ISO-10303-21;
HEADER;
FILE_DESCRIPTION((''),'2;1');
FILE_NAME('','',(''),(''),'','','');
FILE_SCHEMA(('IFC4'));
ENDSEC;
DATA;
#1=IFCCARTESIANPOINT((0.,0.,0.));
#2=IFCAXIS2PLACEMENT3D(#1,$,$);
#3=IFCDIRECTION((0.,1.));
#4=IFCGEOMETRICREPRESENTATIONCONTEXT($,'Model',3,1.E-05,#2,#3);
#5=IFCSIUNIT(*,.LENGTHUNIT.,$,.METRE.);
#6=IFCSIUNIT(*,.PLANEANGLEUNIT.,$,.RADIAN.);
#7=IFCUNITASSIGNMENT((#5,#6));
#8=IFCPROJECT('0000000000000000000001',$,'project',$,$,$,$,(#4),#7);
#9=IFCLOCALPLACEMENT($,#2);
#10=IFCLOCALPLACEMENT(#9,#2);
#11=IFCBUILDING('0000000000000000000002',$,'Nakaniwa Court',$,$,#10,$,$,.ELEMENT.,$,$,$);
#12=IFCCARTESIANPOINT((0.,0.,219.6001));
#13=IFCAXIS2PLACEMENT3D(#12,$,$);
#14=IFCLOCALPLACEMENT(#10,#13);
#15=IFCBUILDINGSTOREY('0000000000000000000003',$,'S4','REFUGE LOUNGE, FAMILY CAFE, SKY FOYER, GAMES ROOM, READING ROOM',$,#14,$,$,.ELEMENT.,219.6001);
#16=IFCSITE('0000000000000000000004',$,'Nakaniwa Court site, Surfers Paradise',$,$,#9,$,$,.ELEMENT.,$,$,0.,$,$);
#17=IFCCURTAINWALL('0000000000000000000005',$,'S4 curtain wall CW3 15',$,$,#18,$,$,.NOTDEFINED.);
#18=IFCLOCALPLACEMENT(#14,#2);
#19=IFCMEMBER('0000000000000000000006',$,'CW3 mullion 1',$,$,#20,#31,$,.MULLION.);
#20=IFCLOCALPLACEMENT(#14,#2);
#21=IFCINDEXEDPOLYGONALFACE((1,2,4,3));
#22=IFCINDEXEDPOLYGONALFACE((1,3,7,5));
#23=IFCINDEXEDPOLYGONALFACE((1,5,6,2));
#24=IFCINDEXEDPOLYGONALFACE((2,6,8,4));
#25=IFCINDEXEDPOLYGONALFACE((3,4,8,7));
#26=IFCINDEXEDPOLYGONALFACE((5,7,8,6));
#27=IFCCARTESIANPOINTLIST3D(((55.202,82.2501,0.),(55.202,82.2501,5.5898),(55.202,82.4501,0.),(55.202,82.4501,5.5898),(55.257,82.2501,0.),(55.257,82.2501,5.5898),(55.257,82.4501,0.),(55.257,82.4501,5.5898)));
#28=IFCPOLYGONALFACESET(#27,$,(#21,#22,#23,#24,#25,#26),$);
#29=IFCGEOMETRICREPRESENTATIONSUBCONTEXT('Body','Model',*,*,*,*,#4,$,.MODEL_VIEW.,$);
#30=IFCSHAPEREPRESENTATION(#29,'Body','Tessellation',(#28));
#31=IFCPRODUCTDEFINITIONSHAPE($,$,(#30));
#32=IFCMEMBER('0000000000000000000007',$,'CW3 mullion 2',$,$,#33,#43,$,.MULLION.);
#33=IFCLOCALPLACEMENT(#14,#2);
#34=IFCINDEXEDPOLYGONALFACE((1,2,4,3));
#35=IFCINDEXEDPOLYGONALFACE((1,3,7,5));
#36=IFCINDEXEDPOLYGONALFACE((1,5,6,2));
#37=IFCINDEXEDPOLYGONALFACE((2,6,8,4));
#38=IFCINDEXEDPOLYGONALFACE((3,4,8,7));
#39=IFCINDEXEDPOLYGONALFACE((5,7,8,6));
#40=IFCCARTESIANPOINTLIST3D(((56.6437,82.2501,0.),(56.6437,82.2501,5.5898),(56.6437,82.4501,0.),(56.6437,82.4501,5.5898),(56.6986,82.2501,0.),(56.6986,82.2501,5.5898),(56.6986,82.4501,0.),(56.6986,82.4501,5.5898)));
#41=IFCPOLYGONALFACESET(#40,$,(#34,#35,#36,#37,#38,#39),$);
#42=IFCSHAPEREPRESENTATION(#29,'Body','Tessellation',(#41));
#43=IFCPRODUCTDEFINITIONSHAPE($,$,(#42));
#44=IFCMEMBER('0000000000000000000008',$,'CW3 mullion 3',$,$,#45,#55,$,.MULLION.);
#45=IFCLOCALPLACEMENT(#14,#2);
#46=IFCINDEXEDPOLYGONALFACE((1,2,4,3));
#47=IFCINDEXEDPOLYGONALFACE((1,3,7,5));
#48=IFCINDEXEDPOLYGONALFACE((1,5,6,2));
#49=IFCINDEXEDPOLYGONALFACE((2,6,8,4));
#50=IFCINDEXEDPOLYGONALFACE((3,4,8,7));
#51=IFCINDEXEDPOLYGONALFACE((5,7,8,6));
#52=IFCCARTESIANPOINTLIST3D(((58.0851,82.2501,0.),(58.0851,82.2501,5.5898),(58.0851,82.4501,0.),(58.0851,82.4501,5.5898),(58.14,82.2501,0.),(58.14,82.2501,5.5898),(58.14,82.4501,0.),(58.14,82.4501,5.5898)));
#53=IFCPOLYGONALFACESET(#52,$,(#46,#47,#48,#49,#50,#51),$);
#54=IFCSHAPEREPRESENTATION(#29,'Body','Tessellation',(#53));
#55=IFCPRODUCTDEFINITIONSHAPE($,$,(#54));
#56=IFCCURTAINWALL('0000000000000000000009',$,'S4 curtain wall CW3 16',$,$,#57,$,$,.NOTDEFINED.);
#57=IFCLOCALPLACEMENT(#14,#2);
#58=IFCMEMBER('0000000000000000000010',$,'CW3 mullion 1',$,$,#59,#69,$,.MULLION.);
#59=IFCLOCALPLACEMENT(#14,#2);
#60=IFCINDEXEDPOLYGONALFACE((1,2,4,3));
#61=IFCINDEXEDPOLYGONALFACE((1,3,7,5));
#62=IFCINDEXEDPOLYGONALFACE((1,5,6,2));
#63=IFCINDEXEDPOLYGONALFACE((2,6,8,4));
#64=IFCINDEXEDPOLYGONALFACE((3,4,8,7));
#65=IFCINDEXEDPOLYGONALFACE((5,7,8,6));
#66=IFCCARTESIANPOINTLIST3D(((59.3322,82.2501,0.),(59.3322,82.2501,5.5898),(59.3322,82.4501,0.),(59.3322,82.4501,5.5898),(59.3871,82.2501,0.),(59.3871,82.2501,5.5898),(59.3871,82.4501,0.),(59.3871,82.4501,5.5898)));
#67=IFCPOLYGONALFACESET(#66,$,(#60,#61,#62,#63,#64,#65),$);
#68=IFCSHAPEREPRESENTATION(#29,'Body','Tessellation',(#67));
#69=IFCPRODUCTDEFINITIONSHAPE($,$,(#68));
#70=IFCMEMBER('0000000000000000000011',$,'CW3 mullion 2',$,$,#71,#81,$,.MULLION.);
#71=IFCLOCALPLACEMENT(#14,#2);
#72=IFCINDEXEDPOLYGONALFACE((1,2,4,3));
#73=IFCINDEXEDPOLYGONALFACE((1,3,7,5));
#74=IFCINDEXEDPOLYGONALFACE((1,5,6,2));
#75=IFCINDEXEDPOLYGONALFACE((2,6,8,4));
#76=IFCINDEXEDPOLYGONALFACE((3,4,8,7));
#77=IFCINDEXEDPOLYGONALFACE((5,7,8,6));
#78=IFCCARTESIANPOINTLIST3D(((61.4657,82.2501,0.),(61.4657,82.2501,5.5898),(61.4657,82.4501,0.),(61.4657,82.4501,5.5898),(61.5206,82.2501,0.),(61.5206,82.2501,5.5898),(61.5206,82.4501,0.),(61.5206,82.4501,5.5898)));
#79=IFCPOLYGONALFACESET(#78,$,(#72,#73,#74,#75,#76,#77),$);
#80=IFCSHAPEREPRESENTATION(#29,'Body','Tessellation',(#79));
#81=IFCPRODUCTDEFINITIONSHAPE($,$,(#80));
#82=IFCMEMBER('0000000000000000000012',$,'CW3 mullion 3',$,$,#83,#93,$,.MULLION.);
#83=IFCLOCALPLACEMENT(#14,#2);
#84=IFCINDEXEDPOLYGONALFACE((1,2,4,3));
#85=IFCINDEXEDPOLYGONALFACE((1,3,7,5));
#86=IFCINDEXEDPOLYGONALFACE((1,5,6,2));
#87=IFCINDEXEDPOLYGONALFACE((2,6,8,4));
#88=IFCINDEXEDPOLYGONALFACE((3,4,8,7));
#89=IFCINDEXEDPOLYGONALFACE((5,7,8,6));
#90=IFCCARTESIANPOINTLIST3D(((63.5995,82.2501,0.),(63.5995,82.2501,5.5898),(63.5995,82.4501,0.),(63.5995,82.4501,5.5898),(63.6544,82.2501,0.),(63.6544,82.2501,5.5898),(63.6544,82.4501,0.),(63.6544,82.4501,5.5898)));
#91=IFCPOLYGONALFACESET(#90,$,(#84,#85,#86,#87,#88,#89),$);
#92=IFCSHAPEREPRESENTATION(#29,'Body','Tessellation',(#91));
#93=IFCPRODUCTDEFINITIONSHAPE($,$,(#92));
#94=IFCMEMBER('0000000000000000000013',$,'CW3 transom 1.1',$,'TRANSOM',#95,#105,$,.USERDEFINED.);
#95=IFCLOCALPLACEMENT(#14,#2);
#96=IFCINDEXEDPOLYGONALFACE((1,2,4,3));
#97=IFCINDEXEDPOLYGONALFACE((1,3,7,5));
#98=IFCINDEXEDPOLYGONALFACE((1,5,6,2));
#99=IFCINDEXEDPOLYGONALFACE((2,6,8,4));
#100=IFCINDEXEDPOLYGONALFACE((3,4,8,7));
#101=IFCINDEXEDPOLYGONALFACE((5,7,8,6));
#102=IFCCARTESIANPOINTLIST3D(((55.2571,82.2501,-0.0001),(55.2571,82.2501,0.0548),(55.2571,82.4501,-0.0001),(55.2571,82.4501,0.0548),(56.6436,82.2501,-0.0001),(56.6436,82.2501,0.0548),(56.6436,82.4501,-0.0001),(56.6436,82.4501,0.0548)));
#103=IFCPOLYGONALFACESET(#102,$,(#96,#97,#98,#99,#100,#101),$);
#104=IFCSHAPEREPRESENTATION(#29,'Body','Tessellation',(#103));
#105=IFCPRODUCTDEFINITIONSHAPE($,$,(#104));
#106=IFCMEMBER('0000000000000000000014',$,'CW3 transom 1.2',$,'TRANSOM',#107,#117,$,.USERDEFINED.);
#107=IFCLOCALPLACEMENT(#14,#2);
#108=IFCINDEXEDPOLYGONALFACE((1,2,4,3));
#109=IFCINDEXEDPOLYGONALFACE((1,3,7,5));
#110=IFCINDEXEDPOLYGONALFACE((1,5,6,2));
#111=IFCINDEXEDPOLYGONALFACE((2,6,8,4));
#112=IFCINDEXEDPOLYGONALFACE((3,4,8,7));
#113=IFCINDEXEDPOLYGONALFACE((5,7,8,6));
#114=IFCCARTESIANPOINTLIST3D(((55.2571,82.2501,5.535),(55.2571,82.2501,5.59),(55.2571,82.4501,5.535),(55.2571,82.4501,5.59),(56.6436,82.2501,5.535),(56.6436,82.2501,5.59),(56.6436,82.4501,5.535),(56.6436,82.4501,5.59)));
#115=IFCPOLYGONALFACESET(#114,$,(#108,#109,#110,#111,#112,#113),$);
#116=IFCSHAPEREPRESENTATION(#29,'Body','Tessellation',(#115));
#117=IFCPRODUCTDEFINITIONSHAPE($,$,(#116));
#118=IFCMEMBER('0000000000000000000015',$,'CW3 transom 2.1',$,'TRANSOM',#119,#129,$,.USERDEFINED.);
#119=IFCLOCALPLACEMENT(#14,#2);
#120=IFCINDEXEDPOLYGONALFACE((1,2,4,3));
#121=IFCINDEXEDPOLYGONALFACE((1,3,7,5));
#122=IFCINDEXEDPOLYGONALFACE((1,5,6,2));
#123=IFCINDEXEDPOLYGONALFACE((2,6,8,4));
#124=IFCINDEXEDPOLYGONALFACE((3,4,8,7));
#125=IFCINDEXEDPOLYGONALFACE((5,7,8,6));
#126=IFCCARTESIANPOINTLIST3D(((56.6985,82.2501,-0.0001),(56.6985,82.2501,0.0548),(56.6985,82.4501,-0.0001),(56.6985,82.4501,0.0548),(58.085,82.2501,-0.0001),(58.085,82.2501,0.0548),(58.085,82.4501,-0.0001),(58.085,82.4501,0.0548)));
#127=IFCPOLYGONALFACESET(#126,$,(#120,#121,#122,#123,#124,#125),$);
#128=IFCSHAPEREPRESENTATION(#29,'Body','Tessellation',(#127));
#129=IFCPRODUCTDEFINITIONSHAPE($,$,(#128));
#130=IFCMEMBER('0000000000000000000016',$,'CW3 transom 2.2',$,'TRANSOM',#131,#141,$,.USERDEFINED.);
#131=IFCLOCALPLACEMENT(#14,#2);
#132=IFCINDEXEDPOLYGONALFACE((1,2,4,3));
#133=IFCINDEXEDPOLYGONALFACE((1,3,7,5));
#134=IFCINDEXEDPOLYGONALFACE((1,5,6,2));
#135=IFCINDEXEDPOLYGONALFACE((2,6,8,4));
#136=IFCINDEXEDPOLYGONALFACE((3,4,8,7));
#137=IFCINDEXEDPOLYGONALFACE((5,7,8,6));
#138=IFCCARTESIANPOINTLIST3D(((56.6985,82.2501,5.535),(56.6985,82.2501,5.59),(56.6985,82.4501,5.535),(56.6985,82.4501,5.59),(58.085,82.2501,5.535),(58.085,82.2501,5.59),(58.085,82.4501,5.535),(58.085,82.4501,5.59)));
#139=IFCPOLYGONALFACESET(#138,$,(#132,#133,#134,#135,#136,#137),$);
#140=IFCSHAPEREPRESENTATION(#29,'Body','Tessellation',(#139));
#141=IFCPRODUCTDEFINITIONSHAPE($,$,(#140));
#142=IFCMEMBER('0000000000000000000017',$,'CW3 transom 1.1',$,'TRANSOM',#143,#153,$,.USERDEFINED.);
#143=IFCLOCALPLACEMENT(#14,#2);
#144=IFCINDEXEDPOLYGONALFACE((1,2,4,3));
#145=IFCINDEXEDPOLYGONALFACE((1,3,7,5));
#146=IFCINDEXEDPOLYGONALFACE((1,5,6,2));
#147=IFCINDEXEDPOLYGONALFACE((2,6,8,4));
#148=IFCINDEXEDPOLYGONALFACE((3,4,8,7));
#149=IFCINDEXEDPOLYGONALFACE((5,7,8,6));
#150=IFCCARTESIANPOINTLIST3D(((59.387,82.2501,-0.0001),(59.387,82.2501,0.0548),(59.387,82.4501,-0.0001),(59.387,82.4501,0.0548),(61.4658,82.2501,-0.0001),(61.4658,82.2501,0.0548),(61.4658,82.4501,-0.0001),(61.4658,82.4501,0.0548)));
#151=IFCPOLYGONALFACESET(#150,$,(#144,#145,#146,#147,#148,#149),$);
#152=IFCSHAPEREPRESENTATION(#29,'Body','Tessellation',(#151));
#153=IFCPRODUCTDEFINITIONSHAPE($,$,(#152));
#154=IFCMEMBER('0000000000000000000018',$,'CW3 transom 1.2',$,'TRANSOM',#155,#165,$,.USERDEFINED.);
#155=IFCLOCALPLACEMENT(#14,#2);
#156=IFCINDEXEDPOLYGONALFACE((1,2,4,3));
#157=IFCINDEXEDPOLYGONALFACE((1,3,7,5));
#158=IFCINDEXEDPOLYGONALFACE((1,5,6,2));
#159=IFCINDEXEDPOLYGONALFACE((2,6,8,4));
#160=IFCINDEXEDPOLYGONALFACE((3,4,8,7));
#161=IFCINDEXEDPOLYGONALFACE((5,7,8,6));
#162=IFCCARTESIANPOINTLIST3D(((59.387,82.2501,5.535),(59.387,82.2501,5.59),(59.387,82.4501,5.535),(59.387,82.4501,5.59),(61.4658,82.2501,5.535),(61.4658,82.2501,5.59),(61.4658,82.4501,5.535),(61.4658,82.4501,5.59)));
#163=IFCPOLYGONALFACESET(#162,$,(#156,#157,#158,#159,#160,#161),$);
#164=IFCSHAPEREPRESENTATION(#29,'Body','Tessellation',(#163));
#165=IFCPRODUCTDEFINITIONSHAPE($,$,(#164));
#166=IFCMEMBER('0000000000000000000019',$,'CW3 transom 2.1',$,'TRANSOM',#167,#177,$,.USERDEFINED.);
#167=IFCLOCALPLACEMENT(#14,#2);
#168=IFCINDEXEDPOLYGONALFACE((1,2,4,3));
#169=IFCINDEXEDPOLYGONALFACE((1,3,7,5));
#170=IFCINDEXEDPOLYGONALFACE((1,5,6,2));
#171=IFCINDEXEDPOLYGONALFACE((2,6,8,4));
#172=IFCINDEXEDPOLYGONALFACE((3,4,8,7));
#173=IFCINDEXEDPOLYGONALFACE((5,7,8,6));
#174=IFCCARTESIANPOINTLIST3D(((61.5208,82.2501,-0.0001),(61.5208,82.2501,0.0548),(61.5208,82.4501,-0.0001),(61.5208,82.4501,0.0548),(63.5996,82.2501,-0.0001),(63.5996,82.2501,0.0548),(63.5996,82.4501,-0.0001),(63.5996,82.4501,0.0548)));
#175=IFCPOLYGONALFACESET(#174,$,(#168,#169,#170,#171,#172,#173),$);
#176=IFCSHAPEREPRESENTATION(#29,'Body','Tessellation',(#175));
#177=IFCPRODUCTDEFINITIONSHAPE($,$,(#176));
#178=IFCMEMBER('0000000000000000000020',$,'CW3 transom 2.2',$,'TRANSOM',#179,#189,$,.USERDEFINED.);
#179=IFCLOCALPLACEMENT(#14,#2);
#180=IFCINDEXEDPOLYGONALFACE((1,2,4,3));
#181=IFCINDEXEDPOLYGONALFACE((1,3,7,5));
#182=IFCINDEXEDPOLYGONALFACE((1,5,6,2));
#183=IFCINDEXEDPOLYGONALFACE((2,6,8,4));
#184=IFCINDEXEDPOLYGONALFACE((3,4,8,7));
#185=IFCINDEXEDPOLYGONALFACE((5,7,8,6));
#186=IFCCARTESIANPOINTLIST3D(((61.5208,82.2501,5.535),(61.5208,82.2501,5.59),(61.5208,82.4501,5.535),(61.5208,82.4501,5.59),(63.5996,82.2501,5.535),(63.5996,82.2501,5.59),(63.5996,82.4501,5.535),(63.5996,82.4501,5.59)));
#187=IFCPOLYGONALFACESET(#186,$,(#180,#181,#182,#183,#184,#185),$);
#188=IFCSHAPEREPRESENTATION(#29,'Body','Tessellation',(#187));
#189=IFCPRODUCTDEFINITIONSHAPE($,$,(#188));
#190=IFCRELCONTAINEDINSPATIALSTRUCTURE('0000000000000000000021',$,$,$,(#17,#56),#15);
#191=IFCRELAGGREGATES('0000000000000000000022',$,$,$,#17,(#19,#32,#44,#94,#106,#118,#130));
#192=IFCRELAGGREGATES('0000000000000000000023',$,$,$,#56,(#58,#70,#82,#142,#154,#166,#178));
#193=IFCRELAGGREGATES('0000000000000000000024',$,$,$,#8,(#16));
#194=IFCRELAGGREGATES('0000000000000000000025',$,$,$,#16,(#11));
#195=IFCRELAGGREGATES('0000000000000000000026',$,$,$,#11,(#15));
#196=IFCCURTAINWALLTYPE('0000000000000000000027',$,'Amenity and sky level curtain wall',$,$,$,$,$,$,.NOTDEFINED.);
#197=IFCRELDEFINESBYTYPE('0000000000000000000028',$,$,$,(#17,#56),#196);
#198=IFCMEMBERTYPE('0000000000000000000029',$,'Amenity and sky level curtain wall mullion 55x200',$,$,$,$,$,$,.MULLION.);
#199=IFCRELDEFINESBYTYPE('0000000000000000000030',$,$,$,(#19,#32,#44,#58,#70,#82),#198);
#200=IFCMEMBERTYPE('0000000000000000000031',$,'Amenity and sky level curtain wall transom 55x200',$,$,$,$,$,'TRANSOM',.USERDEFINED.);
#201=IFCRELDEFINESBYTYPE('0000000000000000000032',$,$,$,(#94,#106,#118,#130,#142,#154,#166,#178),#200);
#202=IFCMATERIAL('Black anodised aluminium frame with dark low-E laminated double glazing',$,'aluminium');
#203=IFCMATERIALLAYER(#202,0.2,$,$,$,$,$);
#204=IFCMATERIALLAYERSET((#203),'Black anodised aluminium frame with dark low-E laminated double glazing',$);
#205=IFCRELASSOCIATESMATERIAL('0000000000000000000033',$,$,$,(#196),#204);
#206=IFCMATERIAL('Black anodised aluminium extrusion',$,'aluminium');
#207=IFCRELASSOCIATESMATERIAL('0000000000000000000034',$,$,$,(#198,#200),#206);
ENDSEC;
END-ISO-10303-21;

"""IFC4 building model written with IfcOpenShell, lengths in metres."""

from ifc_helpers import new_model, si_unit, direction, frame, origin, origin_2d, place, context, subcontext, project, spatial, rectangle, extrude, material, layer, layer_set, material_profile, profile_set, type_object, element, aggregate, save


model = new_model("IFC4")

# Units and contexts
model_context = context("Model", 3, precision=1e-05, world=origin(), true_north=direction((0.0, 1.0)))
body_context = subcontext(model_context, "Body", "Model", "MODEL_VIEW")
ifc_project = project(units=[si_unit("LENGTHUNIT", "METRE"), si_unit("PLANEANGLEUNIT", "RADIAN")], contexts=[model_context])

# Site, building, storey
site_placement = place(None, origin())
site = spatial("IfcSite", under=ifc_project, at=site_placement, Name="Nakaniwa Court site, Surfers Paradise", CompositionType="ELEMENT", RefElevation=0.0)
building_placement = place(site_placement, origin())
building = spatial("IfcBuilding", under=site, at=building_placement, Name="Nakaniwa Court", CompositionType="ELEMENT")
storey_placement = place(building_placement, frame((0.0, 0.0, 219.6001)))
storey = spatial("IfcBuildingStorey", under=building, at=storey_placement, Name="S4", Description="REFUGE LOUNGE, FAMILY CAFE, SKY FOYER, GAMES ROOM, READING ROOM", CompositionType="ELEMENT", Elevation=219.6001)

# Curtain walls, members
ifc_material_1 = material(Name="Black anodised aluminium frame with dark low-E laminated double glazing", Category="aluminium")
ifc_layer_1 = layer(ifc_material_1, 0.2)
ifc_layer_set_1 = layer_set([ifc_layer_1], Name="Black anodised aluminium frame with dark low-E laminated double glazing")
curtain_wall_type = type_object("IfcCurtainWallType", Name="Amenity and sky level curtain wall", PredefinedType="NOTDEFINED", material=ifc_layer_set_1)
curtain_wall_1_placement = place(storey_placement, origin())
curtain_wall_1 = element("IfcCurtainWall", 1, at=curtain_wall_1_placement, inside=storey, type_object=curtain_wall_type, Name="S4 curtain wall CW3 15", PredefinedType="NOTDEFINED")
ifc_material_2 = material(Name="Black anodised aluminium extrusion", Category="aluminium")
ifc_material_profile_1 = material_profile(ifc_material_2, rectangle(XDim=0.2, YDim=0.0549, at=origin_2d()), Name="Amenity and sky level curtain wall mullion 55x200")
ifc_profile_set_1 = profile_set([ifc_material_profile_1], Name="Black anodised aluminium extrusion")
member_type_1 = type_object("IfcMemberType", Name="Amenity and sky level curtain wall mullion 55x200", PredefinedType="MULLION", material=ifc_profile_set_1)
member_1_placement = place(storey_placement, frame((55.2295, 82.3501, 0.0), z_axis=(0.0, 0.0, 1.0), x_axis=(0.0, 1.0, 0.0)))
member_1 = element("IfcMember", 2, at=member_1_placement, type_object=member_type_1, Name="CW3 mullion 1", PredefinedType="MULLION", context=body_context, shape_type="SweptSolid", body=[
    extrude(rectangle(XDim=0.2, YDim=0.0549, at=origin_2d()), origin(), (0.0, 0.0, 1.0), 5.5898),
])
member_2_placement = place(storey_placement, frame((56.6711, 82.3501, 0.0), z_axis=(0.0, 0.0, 1.0), x_axis=(0.0, 1.0, 0.0)))
member_2 = element("IfcMember", 3, at=member_2_placement, type_object=member_type_1, Name="CW3 mullion 2", PredefinedType="MULLION", context=body_context, shape_type="SweptSolid", body=[
    extrude(rectangle(XDim=0.2, YDim=0.0549, at=origin_2d()), origin(), (0.0, 0.0, 1.0), 5.5898),
])
member_3_placement = place(storey_placement, frame((58.1125, 82.3501, 0.0), z_axis=(0.0, 0.0, 1.0), x_axis=(0.0, 1.0, 0.0)))
member_3 = element("IfcMember", 4, at=member_3_placement, type_object=member_type_1, Name="CW3 mullion 3", PredefinedType="MULLION", context=body_context, shape_type="SweptSolid", body=[
    extrude(rectangle(XDim=0.2, YDim=0.0549, at=origin_2d()), origin(), (0.0, 0.0, 1.0), 5.5898),
])
curtain_wall_2_placement = place(storey_placement, origin())
curtain_wall_2 = element("IfcCurtainWall", 5, at=curtain_wall_2_placement, inside=storey, type_object=curtain_wall_type, Name="S4 curtain wall CW3 16", PredefinedType="NOTDEFINED")
member_4_placement = place(storey_placement, frame((59.3596, 82.3501, 0.0), z_axis=(0.0, 0.0, 1.0), x_axis=(0.0, 1.0, 0.0)))
member_4 = element("IfcMember", 6, at=member_4_placement, type_object=member_type_1, Name="CW3 mullion 1", PredefinedType="MULLION", context=body_context, shape_type="SweptSolid", body=[
    extrude(rectangle(XDim=0.2, YDim=0.0549, at=origin_2d()), origin(), (0.0, 0.0, 1.0), 5.5898),
])
member_5_placement = place(storey_placement, frame((61.4932, 82.3501, 0.0), z_axis=(0.0, 0.0, 1.0), x_axis=(0.0, 1.0, 0.0)))
member_5 = element("IfcMember", 7, at=member_5_placement, type_object=member_type_1, Name="CW3 mullion 2", PredefinedType="MULLION", context=body_context, shape_type="SweptSolid", body=[
    extrude(rectangle(XDim=0.2, YDim=0.0549, at=origin_2d()), origin(), (0.0, 0.0, 1.0), 5.5898),
])
member_6_placement = place(storey_placement, frame((63.627, 82.3501, 0.0), z_axis=(0.0, 0.0, 1.0), x_axis=(0.0, 1.0, 0.0)))
member_6 = element("IfcMember", 8, at=member_6_placement, type_object=member_type_1, Name="CW3 mullion 3", PredefinedType="MULLION", context=body_context, shape_type="SweptSolid", body=[
    extrude(rectangle(XDim=0.2, YDim=0.0549, at=origin_2d()), origin(), (0.0, 0.0, 1.0), 5.5898),
])

# Members
ifc_material_profile_2 = material_profile(ifc_material_2, rectangle(XDim=0.2, YDim=0.0549, at=origin_2d()), Name="Amenity and sky level curtain wall transom 55x200")
ifc_profile_set_2 = profile_set([ifc_material_profile_2], Name="Black anodised aluminium extrusion")
member_type_2 = type_object("IfcMemberType", Name="Amenity and sky level curtain wall transom 55x200", ElementType="TRANSOM", PredefinedType="USERDEFINED", material=ifc_profile_set_2)
member_7_placement = place(storey_placement, frame((55.2571, 82.3501, 0.0273), z_axis=(1.0, 0.0, 0.0), x_axis=(0.0, 1.0, 0.0)))
member_7 = element("IfcMember", 9, at=member_7_placement, type_object=member_type_2, Name="CW3 transom 1.1", ObjectType="TRANSOM", PredefinedType="USERDEFINED", context=body_context, shape_type="SweptSolid", body=[
    extrude(rectangle(XDim=0.2, YDim=0.0549, at=origin_2d()), origin(), (0.0, 0.0, 1.0), 1.3865),
])
member_8_placement = place(storey_placement, frame((55.2571, 82.3501, 5.5625), z_axis=(1.0, 0.0, 0.0), x_axis=(0.0, 1.0, 0.0)))
member_8 = element("IfcMember", 10, at=member_8_placement, type_object=member_type_2, Name="CW3 transom 1.2", ObjectType="TRANSOM", PredefinedType="USERDEFINED", context=body_context, shape_type="SweptSolid", body=[
    extrude(rectangle(XDim=0.2, YDim=0.0549, at=origin_2d()), origin(), (0.0, 0.0, 1.0), 1.3865),
])
member_9_placement = place(storey_placement, frame((56.6985, 82.3501, 0.0273), z_axis=(1.0, 0.0, 0.0), x_axis=(0.0, 1.0, 0.0)))
member_9 = element("IfcMember", 11, at=member_9_placement, type_object=member_type_2, Name="CW3 transom 2.1", ObjectType="TRANSOM", PredefinedType="USERDEFINED", context=body_context, shape_type="SweptSolid", body=[
    extrude(rectangle(XDim=0.2, YDim=0.0549, at=origin_2d()), origin(), (0.0, 0.0, 1.0), 1.3865),
])
member_10_placement = place(storey_placement, frame((56.6985, 82.3501, 5.5625), z_axis=(1.0, 0.0, 0.0), x_axis=(0.0, 1.0, 0.0)))
member_10 = element("IfcMember", 12, at=member_10_placement, type_object=member_type_2, Name="CW3 transom 2.2", ObjectType="TRANSOM", PredefinedType="USERDEFINED", context=body_context, shape_type="SweptSolid", body=[
    extrude(rectangle(XDim=0.2, YDim=0.0549, at=origin_2d()), origin(), (0.0, 0.0, 1.0), 1.3865),
])
member_11_placement = place(storey_placement, frame((59.387, 82.3501, 0.0273), z_axis=(1.0, 0.0, 0.0), x_axis=(0.0, 1.0, 0.0)))
member_11 = element("IfcMember", 13, at=member_11_placement, type_object=member_type_2, Name="CW3 transom 1.1", ObjectType="TRANSOM", PredefinedType="USERDEFINED", context=body_context, shape_type="SweptSolid", body=[
    extrude(rectangle(XDim=0.2, YDim=0.0549, at=origin_2d()), origin(), (0.0, 0.0, 1.0), 2.0789),
])
member_12_placement = place(storey_placement, frame((59.387, 82.3501, 5.5625), z_axis=(1.0, 0.0, 0.0), x_axis=(0.0, 1.0, 0.0)))
member_12 = element("IfcMember", 14, at=member_12_placement, type_object=member_type_2, Name="CW3 transom 1.2", ObjectType="TRANSOM", PredefinedType="USERDEFINED", context=body_context, shape_type="SweptSolid", body=[
    extrude(rectangle(XDim=0.2, YDim=0.0549, at=origin_2d()), origin(), (0.0, 0.0, 1.0), 2.0789),
])
member_13_placement = place(storey_placement, frame((61.5208, 82.3501, 0.0273), z_axis=(1.0, 0.0, 0.0), x_axis=(0.0, 1.0, 0.0)))
member_13 = element("IfcMember", 15, at=member_13_placement, type_object=member_type_2, Name="CW3 transom 2.1", ObjectType="TRANSOM", PredefinedType="USERDEFINED", context=body_context, shape_type="SweptSolid", body=[
    extrude(rectangle(XDim=0.2, YDim=0.0549, at=origin_2d()), origin(), (0.0, 0.0, 1.0), 2.0789),
])
member_14_placement = place(storey_placement, frame((61.5208, 82.3501, 5.5625), z_axis=(1.0, 0.0, 0.0), x_axis=(0.0, 1.0, 0.0)))
member_14 = element("IfcMember", 16, at=member_14_placement, type_object=member_type_2, Name="CW3 transom 2.2", ObjectType="TRANSOM", PredefinedType="USERDEFINED", context=body_context, shape_type="SweptSolid", body=[
    extrude(rectangle(XDim=0.2, YDim=0.0549, at=origin_2d()), origin(), (0.0, 0.0, 1.0), 2.0789),
])

aggregate(curtain_wall_1, [member_1, member_2, member_3, member_7, member_8, member_9, member_10])
aggregate(curtain_wall_2, [member_4, member_5, member_6, member_11, member_12, member_13, member_14])

save(model, "model.ifc")
